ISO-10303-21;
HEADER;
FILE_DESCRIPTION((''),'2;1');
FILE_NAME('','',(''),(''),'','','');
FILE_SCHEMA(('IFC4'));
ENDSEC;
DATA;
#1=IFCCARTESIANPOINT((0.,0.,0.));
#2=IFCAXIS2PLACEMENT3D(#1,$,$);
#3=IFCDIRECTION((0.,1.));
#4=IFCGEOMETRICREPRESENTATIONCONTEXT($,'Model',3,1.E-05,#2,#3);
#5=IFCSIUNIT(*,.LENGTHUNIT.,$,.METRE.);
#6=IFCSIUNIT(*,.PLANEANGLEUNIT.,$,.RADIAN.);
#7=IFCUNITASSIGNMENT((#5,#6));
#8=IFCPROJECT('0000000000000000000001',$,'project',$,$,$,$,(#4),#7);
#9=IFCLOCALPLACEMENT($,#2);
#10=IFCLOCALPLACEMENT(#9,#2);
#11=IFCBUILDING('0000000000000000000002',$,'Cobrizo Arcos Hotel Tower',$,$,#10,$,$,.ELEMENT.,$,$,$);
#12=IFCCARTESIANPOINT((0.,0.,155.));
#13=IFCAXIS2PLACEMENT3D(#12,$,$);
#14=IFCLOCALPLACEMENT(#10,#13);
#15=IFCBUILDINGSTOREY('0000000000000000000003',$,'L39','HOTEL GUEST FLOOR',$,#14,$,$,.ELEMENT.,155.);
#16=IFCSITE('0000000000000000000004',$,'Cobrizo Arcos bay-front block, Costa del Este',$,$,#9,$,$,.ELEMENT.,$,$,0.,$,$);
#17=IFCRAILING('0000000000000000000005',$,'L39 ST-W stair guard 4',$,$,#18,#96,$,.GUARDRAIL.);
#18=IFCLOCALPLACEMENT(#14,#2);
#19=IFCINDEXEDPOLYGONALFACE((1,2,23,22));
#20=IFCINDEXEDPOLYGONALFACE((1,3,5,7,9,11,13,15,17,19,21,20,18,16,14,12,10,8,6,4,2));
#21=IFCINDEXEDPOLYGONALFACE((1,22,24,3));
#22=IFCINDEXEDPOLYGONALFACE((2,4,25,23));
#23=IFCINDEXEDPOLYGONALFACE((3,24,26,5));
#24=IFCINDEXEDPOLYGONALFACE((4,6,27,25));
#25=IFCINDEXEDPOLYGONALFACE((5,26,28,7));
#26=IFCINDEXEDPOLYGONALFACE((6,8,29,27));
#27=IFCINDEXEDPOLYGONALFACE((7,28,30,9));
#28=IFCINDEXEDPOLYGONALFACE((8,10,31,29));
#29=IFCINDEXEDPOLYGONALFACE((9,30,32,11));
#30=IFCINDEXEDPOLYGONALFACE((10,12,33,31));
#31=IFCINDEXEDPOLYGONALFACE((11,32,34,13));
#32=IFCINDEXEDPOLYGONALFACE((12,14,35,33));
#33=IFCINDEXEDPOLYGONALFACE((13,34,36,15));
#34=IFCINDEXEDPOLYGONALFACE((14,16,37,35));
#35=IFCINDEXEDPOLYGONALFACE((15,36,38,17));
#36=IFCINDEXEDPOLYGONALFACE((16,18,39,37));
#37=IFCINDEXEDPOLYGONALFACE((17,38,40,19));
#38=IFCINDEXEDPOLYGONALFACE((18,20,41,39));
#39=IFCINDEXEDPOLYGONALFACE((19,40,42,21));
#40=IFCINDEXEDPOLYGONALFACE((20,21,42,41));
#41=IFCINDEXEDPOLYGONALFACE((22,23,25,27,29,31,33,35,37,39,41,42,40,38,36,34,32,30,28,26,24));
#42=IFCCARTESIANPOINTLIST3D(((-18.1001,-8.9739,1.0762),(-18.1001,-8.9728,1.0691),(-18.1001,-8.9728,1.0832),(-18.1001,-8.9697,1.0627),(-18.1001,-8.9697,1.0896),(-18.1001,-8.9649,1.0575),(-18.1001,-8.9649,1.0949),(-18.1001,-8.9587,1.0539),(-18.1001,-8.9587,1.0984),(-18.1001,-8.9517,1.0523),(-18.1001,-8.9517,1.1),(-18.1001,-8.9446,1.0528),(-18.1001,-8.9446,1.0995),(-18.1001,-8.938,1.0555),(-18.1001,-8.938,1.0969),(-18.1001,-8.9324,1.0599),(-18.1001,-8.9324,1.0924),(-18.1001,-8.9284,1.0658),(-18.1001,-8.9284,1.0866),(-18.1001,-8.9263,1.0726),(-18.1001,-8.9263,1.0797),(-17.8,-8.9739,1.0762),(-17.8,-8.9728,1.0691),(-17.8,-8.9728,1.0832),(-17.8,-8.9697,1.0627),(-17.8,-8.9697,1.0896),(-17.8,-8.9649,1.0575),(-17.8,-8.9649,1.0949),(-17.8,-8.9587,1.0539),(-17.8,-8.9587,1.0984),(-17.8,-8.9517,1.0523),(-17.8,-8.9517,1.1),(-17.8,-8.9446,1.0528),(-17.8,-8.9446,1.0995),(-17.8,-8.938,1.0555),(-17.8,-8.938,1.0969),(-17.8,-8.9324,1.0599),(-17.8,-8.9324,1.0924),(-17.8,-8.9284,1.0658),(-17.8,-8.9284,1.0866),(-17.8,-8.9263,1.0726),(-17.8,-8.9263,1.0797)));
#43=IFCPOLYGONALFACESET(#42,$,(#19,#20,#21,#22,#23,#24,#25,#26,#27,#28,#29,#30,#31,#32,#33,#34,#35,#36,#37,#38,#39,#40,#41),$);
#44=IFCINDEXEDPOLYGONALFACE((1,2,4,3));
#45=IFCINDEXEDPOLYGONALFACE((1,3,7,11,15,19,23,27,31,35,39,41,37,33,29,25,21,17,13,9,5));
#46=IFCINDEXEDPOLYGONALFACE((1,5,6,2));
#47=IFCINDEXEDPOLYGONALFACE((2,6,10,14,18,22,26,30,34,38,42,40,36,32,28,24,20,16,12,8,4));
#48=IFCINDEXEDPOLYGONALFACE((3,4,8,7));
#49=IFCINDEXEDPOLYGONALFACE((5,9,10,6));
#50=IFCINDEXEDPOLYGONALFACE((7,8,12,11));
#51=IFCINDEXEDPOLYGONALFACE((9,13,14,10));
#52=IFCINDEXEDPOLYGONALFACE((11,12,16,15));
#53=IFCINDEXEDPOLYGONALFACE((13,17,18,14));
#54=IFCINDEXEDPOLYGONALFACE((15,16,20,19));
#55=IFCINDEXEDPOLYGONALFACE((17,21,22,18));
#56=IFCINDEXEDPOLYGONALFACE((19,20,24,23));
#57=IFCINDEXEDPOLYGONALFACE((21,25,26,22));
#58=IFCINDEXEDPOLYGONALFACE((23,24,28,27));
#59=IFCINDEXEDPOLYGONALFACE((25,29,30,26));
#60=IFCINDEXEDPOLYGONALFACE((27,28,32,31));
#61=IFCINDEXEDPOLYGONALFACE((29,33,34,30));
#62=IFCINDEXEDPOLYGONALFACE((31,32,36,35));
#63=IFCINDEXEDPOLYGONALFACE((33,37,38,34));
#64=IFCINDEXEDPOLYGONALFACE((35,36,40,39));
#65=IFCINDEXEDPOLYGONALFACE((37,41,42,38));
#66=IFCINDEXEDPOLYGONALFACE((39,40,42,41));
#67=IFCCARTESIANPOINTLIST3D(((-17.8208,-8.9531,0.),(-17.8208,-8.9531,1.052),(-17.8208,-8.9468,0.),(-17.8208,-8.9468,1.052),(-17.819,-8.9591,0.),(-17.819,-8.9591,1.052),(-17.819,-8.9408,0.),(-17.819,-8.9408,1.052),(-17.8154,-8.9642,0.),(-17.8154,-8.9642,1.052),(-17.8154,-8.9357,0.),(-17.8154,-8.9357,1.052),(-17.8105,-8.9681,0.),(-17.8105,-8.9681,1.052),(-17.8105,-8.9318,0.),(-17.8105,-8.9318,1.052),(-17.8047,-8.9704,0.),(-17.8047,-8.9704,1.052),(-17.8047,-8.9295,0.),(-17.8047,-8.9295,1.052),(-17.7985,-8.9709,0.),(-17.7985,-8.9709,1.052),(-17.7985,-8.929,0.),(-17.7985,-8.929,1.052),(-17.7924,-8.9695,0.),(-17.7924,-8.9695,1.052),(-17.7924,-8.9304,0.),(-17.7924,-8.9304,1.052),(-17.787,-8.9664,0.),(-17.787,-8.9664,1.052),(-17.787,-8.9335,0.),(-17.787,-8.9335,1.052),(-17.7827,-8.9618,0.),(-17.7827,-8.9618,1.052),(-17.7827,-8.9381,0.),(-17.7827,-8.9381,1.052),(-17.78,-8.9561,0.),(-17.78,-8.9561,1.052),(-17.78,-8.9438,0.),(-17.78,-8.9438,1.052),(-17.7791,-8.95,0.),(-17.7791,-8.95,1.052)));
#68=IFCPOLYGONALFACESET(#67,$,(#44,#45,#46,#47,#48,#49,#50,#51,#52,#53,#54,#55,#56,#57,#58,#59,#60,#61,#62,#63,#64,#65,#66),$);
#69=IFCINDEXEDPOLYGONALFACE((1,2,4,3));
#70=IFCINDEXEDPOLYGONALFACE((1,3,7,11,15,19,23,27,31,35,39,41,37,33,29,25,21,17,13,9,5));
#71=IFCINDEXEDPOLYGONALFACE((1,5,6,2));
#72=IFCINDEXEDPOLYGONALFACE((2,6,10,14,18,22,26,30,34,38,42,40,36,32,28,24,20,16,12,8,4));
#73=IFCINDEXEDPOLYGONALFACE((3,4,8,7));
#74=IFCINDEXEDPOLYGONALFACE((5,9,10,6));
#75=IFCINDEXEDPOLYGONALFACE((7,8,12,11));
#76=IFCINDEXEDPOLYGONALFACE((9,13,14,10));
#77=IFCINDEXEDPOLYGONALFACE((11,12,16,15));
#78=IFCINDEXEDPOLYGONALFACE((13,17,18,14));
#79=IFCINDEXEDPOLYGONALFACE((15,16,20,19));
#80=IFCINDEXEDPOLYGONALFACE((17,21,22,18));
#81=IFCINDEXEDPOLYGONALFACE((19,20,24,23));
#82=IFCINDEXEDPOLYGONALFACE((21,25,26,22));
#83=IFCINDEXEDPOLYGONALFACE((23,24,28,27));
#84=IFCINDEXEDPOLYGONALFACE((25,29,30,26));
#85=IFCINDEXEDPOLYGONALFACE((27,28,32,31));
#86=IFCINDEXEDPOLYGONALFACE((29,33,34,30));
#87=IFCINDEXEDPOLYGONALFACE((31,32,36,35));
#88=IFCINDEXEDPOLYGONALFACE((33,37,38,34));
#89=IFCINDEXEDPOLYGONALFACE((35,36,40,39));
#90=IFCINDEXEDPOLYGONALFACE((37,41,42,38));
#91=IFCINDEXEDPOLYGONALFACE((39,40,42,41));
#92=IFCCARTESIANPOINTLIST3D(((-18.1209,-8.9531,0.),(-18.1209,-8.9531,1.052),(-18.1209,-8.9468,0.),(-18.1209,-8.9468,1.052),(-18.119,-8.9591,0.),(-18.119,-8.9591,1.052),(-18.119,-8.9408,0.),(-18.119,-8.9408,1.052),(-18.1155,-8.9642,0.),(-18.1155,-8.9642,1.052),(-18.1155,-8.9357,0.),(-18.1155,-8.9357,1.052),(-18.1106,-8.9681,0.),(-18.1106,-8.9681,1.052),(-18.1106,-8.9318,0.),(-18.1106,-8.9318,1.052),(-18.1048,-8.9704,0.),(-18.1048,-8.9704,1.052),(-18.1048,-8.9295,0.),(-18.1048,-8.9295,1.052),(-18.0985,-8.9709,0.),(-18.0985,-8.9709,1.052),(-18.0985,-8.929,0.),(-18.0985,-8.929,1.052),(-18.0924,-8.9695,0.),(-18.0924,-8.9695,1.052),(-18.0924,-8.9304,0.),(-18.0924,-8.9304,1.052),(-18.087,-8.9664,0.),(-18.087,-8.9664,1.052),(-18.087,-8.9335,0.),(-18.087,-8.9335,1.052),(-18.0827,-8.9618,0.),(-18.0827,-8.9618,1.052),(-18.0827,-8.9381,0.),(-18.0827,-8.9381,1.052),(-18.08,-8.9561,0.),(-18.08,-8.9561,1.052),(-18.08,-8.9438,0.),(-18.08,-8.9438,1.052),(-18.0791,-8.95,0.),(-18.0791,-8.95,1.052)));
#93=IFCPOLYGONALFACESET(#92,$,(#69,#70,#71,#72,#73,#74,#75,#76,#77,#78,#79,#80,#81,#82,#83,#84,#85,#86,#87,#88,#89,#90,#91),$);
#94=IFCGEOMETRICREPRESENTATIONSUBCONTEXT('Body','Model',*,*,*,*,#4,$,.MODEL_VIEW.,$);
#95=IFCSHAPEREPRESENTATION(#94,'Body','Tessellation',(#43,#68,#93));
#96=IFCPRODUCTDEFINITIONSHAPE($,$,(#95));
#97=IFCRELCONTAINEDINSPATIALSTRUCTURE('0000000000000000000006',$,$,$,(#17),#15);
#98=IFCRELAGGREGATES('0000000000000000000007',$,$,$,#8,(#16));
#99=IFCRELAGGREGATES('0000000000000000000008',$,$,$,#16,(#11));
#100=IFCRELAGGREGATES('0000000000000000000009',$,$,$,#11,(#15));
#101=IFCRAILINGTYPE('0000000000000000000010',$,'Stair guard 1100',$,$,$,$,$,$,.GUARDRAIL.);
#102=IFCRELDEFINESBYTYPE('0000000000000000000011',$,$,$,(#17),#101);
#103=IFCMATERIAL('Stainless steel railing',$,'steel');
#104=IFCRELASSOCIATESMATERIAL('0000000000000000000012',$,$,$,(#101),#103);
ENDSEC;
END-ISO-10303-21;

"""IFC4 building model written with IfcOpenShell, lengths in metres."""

from ifc_helpers import new_model, si_unit, direction, frame, origin, origin_2d, place, context, subcontext, project, spatial, circle, extrude, material, type_object, element, save


model = new_model("IFC4")

# Units and contexts
model_context = context("Model", 3, precision=1e-05, world=origin(), true_north=direction((0.0, 1.0)))
body_context = subcontext(model_context, "Body", "Model", "MODEL_VIEW")
ifc_project = project(units=[si_unit("LENGTHUNIT", "METRE"), si_unit("PLANEANGLEUNIT", "RADIAN")], contexts=[model_context])

# Site, building, storey
site_placement = place(None, origin())
site = spatial("IfcSite", under=ifc_project, at=site_placement, Name="Cobrizo Arcos bay-front block, Costa del Este", CompositionType="ELEMENT", RefElevation=0.0)
building_placement = place(site_placement, origin())
building = spatial("IfcBuilding", under=site, at=building_placement, Name="Cobrizo Arcos Hotel Tower", CompositionType="ELEMENT")
storey_placement = place(building_placement, frame((0.0, 0.0, 155.0)))
storey = spatial("IfcBuildingStorey", under=building, at=storey_placement, Name="L39", Description="HOTEL GUEST FLOOR", CompositionType="ELEMENT", Elevation=155.0)

# Railing
ifc_material_1 = material(Name="Stainless steel railing", Category="steel")
railing_type_1 = type_object("IfcRailingType", Name="Stair guard 1100", PredefinedType="GUARDRAIL", material=ifc_material_1)
railing_1_placement = place(storey_placement, frame((-17.8, -8.95, 0.0)))
element("IfcRailing", 1, at=railing_1_placement, inside=storey, type_object=railing_type_1, Name="L39 ST-W stair guard 4", PredefinedType="GUARDRAIL", context=body_context, shape_type="SweptSolid", body=[
    extrude(circle(Radius=0.0239, at=origin_2d()), frame((0.0, 0.0, 1.0762), z_axis=(-1.0, 0.0, 0.0), x_axis=(0.0, -1.0, 0.0)), (0.0, 0.0, 1.0), 0.3),
    extrude(circle(Radius=0.021, at=origin_2d()), origin(), (0.0, 0.0, 1.0), 1.052),
    extrude(circle(Radius=0.021, at=origin_2d()), frame((-0.3, 0.0, 0.0)), (0.0, 0.0, 1.0), 1.052),
])

save(model, "model.ifc")
